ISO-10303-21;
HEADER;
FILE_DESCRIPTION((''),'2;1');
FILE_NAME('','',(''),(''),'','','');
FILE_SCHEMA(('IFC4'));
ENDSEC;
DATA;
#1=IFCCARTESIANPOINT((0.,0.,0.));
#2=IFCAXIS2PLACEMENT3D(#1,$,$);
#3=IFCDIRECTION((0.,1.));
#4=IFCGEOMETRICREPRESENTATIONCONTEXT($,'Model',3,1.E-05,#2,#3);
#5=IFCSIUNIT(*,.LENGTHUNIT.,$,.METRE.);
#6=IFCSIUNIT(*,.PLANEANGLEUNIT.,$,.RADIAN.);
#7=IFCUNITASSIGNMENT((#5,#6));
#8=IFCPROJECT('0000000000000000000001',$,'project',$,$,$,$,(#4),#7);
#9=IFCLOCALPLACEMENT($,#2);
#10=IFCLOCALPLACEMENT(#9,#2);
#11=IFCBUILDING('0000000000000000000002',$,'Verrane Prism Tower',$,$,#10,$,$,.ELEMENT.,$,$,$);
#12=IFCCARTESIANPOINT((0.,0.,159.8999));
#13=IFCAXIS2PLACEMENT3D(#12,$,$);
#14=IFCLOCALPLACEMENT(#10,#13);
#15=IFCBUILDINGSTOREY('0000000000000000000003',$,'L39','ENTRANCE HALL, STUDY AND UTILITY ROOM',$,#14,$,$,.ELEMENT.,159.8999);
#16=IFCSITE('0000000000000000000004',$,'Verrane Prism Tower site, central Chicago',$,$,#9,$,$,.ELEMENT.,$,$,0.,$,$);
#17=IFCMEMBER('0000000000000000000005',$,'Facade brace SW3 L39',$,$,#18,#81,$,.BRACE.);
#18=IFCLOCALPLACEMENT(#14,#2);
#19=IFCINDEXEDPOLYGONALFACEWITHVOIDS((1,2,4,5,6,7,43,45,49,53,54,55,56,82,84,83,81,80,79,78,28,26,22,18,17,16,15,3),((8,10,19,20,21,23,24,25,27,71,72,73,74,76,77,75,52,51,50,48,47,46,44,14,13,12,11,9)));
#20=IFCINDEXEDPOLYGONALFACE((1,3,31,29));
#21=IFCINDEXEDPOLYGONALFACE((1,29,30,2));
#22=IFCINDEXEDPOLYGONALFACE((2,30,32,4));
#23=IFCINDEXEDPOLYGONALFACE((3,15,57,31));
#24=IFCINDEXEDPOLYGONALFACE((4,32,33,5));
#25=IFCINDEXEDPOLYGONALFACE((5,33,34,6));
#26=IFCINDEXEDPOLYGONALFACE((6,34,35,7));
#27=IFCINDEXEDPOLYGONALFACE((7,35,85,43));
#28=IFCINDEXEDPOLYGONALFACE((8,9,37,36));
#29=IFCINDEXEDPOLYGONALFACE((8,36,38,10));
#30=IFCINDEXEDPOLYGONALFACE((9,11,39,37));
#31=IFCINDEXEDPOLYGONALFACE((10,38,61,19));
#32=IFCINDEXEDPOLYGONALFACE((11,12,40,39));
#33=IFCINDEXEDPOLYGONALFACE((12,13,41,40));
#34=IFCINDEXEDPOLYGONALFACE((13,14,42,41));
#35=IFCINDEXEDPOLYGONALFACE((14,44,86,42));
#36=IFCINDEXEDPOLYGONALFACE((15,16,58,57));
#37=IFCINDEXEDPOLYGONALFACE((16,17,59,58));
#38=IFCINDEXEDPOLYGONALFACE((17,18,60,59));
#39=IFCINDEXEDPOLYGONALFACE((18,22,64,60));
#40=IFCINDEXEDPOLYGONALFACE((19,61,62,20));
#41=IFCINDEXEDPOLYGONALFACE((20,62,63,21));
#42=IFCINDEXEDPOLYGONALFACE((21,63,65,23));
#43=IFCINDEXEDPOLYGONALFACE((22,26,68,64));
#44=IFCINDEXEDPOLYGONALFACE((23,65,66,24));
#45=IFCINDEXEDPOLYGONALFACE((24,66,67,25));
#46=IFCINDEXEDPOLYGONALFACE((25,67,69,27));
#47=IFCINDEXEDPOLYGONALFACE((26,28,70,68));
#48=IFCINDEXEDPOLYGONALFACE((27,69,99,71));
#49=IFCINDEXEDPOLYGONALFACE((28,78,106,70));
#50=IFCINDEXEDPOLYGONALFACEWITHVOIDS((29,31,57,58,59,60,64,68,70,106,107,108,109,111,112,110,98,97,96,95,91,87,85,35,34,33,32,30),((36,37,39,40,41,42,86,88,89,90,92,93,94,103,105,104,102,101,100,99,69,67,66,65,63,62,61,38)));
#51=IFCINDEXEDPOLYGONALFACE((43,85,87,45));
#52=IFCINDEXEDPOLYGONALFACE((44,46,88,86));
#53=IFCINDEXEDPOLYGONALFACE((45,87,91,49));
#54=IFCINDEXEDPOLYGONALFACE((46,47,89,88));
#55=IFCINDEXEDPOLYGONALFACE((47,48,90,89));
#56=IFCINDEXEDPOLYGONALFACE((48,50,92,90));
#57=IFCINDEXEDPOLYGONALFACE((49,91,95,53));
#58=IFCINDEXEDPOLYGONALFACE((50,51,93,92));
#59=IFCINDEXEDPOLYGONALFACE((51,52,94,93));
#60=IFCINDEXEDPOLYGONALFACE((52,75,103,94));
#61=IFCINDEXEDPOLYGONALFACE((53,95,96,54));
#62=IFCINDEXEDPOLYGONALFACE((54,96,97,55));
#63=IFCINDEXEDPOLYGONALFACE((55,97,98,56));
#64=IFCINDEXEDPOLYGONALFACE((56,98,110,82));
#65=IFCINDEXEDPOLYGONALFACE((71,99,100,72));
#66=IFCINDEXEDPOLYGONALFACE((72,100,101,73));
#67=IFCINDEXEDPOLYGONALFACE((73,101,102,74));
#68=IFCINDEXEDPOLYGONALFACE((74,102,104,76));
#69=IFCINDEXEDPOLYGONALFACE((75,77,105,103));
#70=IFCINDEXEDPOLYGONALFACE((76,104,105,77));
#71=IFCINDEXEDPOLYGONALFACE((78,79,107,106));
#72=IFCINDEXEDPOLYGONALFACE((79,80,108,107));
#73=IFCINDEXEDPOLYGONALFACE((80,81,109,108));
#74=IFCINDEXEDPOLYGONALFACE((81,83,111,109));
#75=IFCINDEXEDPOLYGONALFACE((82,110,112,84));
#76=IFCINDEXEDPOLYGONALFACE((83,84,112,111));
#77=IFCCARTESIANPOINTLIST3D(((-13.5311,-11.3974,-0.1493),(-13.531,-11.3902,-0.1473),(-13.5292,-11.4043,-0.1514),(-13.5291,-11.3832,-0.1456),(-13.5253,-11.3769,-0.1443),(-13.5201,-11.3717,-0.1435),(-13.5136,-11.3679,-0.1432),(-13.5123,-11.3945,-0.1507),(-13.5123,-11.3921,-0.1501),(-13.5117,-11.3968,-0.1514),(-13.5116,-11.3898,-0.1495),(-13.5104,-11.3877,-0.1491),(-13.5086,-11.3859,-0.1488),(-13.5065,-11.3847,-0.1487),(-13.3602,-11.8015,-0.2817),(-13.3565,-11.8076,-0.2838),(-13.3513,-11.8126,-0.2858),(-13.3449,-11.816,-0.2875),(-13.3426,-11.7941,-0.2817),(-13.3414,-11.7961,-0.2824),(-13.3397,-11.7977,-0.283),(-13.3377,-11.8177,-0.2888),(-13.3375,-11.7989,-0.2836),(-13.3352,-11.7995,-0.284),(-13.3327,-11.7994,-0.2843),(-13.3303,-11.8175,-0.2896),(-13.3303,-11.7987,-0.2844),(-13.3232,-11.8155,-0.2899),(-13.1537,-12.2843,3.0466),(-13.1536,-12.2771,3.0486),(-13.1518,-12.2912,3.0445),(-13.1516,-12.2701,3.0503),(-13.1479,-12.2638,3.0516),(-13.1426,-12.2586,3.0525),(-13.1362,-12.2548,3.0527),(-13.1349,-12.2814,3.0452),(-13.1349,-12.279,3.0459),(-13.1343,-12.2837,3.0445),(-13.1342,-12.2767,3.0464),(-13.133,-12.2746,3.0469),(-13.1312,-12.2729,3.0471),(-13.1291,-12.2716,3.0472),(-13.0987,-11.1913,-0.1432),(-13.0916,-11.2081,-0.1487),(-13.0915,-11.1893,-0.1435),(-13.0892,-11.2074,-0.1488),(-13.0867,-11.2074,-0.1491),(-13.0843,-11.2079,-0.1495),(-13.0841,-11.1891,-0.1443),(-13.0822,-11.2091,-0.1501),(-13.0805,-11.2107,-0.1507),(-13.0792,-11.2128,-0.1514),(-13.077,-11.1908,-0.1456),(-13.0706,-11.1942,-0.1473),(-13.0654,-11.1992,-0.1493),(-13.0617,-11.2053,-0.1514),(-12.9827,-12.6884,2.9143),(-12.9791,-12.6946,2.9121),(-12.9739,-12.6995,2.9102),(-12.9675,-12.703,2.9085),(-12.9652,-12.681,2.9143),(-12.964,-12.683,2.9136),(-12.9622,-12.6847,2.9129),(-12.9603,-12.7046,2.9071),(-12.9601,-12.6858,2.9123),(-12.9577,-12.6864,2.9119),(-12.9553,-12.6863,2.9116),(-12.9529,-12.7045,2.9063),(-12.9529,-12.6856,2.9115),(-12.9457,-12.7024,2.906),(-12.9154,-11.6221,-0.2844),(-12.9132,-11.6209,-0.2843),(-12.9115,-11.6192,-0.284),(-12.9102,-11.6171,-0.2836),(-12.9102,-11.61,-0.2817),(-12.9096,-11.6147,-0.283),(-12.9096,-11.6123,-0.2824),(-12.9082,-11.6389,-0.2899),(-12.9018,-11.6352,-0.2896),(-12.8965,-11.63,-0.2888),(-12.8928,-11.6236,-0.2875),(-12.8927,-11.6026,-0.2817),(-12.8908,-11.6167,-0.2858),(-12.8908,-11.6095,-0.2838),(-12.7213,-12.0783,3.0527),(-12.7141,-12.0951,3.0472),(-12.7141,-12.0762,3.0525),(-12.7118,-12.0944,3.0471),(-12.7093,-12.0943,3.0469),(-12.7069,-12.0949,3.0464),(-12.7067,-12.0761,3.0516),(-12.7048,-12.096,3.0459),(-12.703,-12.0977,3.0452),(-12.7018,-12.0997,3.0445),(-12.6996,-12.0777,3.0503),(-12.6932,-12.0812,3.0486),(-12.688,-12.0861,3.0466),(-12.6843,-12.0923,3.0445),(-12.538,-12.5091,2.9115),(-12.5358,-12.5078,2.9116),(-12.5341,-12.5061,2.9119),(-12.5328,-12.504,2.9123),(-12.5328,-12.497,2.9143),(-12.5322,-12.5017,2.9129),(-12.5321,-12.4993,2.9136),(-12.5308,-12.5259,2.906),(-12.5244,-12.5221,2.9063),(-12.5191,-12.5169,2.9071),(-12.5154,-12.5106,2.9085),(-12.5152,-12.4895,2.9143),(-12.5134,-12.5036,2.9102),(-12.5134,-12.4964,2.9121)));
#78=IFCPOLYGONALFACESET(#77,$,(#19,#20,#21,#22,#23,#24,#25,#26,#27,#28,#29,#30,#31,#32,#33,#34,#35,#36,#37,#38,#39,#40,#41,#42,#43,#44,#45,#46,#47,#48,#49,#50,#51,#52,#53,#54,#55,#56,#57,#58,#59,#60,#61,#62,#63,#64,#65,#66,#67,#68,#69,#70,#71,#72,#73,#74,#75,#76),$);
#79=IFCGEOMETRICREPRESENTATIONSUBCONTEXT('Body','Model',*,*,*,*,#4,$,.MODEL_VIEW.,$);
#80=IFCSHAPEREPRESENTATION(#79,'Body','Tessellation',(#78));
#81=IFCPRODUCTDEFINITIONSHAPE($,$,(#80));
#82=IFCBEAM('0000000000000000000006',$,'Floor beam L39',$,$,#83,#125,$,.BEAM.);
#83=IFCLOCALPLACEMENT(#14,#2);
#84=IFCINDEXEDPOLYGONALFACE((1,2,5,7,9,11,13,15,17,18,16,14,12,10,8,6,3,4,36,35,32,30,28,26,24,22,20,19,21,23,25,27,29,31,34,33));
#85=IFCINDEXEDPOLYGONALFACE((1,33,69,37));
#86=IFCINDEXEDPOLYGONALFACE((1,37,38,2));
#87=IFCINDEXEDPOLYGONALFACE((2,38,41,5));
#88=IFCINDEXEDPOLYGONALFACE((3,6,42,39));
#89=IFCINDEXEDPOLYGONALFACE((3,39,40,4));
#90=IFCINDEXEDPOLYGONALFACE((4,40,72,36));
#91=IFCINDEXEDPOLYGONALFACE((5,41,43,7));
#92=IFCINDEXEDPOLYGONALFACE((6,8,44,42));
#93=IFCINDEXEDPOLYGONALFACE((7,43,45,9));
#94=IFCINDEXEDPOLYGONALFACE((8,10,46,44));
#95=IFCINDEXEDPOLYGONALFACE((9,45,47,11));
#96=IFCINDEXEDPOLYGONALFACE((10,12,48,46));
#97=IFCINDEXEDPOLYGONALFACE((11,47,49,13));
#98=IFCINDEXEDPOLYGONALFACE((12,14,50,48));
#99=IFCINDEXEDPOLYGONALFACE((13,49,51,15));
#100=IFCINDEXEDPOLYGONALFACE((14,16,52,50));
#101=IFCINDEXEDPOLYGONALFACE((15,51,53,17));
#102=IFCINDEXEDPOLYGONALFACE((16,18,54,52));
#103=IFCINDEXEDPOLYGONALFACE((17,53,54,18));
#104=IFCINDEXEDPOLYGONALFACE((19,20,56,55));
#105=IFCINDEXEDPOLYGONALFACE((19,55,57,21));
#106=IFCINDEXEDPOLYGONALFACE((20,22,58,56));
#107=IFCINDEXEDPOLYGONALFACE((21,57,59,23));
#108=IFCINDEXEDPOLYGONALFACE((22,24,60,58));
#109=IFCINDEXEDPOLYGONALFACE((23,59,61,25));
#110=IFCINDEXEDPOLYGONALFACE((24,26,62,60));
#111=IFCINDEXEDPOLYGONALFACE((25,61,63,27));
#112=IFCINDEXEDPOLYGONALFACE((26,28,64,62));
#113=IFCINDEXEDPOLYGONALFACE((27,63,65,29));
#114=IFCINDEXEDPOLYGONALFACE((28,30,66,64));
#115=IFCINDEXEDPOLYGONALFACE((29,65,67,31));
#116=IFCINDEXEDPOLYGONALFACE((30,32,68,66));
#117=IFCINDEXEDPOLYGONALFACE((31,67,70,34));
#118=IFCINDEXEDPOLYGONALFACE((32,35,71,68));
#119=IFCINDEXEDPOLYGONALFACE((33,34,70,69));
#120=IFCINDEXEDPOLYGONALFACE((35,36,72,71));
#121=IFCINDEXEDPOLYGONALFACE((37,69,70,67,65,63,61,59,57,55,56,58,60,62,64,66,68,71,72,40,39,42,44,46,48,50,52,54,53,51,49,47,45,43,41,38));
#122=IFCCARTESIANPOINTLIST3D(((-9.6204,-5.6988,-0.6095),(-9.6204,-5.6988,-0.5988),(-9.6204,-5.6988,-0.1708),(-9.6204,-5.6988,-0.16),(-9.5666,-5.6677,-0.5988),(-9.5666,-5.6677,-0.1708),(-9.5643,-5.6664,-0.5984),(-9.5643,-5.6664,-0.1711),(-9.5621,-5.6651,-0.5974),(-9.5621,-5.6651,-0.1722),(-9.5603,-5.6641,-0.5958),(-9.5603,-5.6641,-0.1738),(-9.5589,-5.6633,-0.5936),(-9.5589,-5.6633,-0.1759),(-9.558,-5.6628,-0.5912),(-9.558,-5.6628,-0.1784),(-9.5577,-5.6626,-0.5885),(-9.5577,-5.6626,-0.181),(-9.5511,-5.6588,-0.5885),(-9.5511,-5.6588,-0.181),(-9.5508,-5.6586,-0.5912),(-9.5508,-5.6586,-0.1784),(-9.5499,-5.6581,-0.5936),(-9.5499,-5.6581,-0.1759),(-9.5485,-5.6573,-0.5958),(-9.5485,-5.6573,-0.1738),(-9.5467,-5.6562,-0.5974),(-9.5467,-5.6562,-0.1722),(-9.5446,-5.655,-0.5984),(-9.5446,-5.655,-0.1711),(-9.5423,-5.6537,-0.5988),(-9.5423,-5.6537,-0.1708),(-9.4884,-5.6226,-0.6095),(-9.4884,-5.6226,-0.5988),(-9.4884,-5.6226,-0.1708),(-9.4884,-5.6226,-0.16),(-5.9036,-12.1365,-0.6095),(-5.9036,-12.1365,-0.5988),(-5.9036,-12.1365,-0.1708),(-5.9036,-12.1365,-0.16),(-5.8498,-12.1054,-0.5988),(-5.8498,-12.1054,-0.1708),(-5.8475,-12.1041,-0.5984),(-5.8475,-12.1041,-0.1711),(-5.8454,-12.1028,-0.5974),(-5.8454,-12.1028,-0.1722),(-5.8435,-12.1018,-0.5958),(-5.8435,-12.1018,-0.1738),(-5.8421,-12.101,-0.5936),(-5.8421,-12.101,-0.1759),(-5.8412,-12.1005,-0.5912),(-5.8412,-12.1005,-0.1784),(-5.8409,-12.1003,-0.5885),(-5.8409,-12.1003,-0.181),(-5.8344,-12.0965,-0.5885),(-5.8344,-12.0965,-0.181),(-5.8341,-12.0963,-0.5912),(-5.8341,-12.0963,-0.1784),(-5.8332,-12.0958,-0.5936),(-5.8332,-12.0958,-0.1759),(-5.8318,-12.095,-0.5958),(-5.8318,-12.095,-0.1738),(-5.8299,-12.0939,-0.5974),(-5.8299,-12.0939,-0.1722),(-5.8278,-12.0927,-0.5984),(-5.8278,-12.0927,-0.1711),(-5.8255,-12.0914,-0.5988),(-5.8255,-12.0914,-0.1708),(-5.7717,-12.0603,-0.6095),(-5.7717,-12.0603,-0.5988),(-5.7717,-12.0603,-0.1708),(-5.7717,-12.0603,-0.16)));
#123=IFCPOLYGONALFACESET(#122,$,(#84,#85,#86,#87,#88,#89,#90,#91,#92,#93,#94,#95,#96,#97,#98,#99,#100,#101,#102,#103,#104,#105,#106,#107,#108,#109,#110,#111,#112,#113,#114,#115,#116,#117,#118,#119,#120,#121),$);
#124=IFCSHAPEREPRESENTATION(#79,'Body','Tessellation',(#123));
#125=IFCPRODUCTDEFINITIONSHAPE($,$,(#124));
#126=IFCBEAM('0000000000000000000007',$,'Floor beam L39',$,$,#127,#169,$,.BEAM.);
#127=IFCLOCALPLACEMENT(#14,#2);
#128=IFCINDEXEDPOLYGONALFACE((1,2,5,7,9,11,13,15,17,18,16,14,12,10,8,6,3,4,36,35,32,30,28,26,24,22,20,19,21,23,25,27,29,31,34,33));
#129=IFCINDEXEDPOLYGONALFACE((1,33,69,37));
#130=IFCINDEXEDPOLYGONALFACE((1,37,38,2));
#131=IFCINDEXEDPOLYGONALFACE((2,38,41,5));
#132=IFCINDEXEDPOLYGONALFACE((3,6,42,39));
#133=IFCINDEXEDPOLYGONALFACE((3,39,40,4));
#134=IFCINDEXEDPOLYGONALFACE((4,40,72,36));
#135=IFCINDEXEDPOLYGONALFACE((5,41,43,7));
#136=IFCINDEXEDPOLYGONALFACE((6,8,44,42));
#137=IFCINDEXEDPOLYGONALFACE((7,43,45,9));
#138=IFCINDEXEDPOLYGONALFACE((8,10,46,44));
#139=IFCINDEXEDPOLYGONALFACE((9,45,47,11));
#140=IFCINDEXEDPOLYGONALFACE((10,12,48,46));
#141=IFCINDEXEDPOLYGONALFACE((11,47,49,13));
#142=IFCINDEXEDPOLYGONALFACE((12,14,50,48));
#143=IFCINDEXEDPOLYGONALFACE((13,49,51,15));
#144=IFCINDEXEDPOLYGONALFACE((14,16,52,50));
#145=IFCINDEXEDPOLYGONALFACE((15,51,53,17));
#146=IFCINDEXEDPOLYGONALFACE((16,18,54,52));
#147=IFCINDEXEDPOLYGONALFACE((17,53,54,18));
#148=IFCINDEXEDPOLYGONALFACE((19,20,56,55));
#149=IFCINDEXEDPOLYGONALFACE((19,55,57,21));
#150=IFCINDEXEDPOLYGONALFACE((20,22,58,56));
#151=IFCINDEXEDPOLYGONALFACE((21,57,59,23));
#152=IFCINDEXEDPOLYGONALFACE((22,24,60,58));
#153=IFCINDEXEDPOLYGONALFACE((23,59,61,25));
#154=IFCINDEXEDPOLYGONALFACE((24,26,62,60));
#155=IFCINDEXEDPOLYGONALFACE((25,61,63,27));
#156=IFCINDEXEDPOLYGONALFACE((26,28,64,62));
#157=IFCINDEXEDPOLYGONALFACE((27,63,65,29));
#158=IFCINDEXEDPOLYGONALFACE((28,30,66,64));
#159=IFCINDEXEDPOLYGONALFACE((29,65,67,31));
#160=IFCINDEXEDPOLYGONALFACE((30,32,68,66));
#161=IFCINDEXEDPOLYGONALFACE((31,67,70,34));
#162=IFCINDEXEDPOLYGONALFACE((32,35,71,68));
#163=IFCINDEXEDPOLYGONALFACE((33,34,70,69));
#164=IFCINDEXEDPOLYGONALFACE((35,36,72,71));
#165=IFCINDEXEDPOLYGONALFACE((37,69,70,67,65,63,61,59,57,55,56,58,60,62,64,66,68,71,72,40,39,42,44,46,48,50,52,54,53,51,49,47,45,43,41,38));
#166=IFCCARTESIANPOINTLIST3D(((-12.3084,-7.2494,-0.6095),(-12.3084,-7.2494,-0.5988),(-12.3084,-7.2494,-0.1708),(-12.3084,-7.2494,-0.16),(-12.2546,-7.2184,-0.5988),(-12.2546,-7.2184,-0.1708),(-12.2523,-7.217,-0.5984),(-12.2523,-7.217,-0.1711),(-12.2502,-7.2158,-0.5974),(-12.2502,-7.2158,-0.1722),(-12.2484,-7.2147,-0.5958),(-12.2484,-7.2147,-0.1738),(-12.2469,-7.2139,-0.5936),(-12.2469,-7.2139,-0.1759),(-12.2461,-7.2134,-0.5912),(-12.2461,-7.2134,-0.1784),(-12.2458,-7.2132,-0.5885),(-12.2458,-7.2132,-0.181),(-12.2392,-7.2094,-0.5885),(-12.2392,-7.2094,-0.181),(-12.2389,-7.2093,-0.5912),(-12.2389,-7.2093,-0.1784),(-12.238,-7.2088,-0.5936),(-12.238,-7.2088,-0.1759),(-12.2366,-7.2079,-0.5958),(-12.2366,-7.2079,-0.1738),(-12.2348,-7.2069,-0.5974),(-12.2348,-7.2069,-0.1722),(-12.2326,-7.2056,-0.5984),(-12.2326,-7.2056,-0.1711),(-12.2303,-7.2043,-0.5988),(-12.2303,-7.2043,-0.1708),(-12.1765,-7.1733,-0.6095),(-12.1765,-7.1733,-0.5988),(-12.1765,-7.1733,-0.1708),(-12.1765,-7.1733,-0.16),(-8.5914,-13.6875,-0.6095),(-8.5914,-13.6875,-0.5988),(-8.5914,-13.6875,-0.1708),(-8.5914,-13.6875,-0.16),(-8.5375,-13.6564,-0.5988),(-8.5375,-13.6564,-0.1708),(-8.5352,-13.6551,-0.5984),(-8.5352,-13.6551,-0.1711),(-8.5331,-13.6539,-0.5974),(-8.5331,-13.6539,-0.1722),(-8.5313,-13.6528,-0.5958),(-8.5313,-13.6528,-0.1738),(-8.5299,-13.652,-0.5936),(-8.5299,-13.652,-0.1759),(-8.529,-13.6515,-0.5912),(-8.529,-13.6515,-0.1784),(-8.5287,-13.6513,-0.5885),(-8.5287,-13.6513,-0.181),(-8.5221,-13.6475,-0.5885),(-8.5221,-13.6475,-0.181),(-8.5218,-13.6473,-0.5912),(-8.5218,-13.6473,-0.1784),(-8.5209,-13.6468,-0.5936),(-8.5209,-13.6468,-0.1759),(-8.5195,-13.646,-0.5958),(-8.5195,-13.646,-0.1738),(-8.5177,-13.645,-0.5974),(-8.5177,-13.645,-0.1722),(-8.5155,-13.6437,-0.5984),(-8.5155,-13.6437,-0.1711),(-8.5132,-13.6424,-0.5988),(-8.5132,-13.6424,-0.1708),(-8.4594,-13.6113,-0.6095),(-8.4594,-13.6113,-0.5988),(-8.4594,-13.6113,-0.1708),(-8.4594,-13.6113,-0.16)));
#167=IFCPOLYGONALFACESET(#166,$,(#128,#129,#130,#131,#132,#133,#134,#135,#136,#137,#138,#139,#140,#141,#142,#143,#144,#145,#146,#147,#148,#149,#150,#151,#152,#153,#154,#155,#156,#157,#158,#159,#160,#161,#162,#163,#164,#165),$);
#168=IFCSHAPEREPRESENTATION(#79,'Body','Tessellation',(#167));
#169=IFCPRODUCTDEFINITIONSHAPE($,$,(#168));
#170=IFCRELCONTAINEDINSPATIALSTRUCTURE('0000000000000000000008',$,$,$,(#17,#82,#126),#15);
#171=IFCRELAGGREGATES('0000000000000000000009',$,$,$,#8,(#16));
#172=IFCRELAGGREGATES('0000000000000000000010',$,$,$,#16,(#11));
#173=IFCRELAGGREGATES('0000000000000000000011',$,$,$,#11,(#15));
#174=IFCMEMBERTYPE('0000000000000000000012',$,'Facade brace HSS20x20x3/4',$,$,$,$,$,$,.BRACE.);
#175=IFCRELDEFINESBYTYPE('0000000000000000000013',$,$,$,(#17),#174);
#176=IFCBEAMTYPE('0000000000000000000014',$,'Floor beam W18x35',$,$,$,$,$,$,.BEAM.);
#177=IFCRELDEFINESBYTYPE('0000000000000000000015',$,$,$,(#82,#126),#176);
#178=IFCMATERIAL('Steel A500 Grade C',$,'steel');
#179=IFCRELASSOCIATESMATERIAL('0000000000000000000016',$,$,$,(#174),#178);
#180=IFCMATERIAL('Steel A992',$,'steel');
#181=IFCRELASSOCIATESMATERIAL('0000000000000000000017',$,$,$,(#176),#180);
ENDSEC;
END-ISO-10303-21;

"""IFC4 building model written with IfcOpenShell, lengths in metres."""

from ifc_helpers import new_model, si_unit, direction, frame, origin, origin_2d, place, context, subcontext, project, spatial, hollow_rectangle, i_section, extrude, material, material_profile, profile_set, type_object, element, save


model = new_model("IFC4")

# Units and contexts
model_context = context("Model", 3, precision=1e-05, world=origin(), true_north=direction((0.0, 1.0)))
body_context = subcontext(model_context, "Body", "Model", "MODEL_VIEW")
ifc_project = project(units=[si_unit("LENGTHUNIT", "METRE"), si_unit("PLANEANGLEUNIT", "RADIAN")], contexts=[model_context])

# Site, building, storey
site_placement = place(None, origin())
site = spatial("IfcSite", under=ifc_project, at=site_placement, Name="Verrane Prism Tower site, central Chicago", CompositionType="ELEMENT", RefElevation=0.0)
building_placement = place(site_placement, origin())
building = spatial("IfcBuilding", under=site, at=building_placement, Name="Verrane Prism Tower", CompositionType="ELEMENT")
storey_placement = place(building_placement, frame((0.0, 0.0, 159.8999)))
storey = spatial("IfcBuildingStorey", under=building, at=storey_placement, Name="L39", Description="ENTRANCE HALL, STUDY AND UTILITY ROOM", CompositionType="ELEMENT", Elevation=159.8999)

# Member
ifc_material_1 = material(Name="Steel A500 Grade C", Category="steel")
ifc_material_profile_1 = material_profile(ifc_material_1, hollow_rectangle(XDim=0.5081, YDim=0.5081, WallThickness=0.019, InnerFilletRadius=0.0095, OuterFilletRadius=0.0286, at=origin_2d()), Name="HSS20x20x3/4")
ifc_profile_set_1 = profile_set([ifc_material_profile_1], Name="Steel A500 Grade C")
member_type_1 = type_object("IfcMemberType", Name="Facade brace HSS20x20x3/4", PredefinedType="BRACE", material=ifc_profile_set_1)
member_1_placement = place(storey_placement, frame((-13.2109, -11.5034, -0.2166), z_axis=(0.113066, -0.265697, 0.957403), x_axis=(0.920151, 0.391564, 0.0)))
element("IfcMember", 1, at=member_1_placement, inside=storey, type_object=member_type_1, Name="Facade brace SW3 L39", PredefinedType="BRACE", context=body_context, shape_type="SweptSolid", body=[
    extrude(hollow_rectangle(XDim=0.5081, YDim=0.5081, WallThickness=0.019, InnerFilletRadius=0.0095, OuterFilletRadius=0.0286, at=origin_2d()), origin(), (0.0, 0.0, 1.0), 3.3381),
])

# Beams
ifc_material_2 = material(Name="Steel A992", Category="steel")
ifc_material_profile_2 = material_profile(ifc_material_2, i_section(OverallWidth=0.1523, OverallDepth=0.4495, WebThickness=0.0076, FlangeThickness=0.0107, FilletRadius=0.0103, at=origin_2d()), Name="W18x35")
ifc_profile_set_2 = profile_set([ifc_material_profile_2], Name="Steel A992")
beam_type_1 = type_object("IfcBeamType", Name="Floor beam W18x35", PredefinedType="BEAM", material=ifc_profile_set_2)
beam_1_placement = place(storey_placement, frame((-5.8376, -12.0984, -0.3848), z_axis=(-0.499996, 0.866028, 0.0), x_axis=(-0.866028, -0.499996, 0.0)))
element("IfcBeam", 2, at=beam_1_placement, inside=storey, type_object=beam_type_1, Name="Floor beam L39", PredefinedType="BEAM", context=body_context, shape_type="SweptSolid", body=[
    extrude(i_section(OverallWidth=0.1523, OverallDepth=0.4495, WebThickness=0.0076, FlangeThickness=0.0107, FilletRadius=0.0103, at=origin_2d()), origin(), (0.0, 0.0, 1.0), 7.4336),
])
beam_2_placement = place(storey_placement, frame((-8.5254, -13.6494, -0.3848), z_axis=(-0.500007, 0.866022, 0.0), x_axis=(-0.866022, -0.500007, 0.0)))
element("IfcBeam", 3, at=beam_2_placement, inside=storey, type_object=beam_type_1, Name="Floor beam L39", PredefinedType="BEAM", context=body_context, shape_type="SweptSolid", body=[
    extrude(i_section(OverallWidth=0.1523, OverallDepth=0.4495, WebThickness=0.0076, FlangeThickness=0.0107, FilletRadius=0.0103, at=origin_2d()), origin(), (0.0, 0.0, 1.0), 7.4341),
])

save(model, "model.ifc")
